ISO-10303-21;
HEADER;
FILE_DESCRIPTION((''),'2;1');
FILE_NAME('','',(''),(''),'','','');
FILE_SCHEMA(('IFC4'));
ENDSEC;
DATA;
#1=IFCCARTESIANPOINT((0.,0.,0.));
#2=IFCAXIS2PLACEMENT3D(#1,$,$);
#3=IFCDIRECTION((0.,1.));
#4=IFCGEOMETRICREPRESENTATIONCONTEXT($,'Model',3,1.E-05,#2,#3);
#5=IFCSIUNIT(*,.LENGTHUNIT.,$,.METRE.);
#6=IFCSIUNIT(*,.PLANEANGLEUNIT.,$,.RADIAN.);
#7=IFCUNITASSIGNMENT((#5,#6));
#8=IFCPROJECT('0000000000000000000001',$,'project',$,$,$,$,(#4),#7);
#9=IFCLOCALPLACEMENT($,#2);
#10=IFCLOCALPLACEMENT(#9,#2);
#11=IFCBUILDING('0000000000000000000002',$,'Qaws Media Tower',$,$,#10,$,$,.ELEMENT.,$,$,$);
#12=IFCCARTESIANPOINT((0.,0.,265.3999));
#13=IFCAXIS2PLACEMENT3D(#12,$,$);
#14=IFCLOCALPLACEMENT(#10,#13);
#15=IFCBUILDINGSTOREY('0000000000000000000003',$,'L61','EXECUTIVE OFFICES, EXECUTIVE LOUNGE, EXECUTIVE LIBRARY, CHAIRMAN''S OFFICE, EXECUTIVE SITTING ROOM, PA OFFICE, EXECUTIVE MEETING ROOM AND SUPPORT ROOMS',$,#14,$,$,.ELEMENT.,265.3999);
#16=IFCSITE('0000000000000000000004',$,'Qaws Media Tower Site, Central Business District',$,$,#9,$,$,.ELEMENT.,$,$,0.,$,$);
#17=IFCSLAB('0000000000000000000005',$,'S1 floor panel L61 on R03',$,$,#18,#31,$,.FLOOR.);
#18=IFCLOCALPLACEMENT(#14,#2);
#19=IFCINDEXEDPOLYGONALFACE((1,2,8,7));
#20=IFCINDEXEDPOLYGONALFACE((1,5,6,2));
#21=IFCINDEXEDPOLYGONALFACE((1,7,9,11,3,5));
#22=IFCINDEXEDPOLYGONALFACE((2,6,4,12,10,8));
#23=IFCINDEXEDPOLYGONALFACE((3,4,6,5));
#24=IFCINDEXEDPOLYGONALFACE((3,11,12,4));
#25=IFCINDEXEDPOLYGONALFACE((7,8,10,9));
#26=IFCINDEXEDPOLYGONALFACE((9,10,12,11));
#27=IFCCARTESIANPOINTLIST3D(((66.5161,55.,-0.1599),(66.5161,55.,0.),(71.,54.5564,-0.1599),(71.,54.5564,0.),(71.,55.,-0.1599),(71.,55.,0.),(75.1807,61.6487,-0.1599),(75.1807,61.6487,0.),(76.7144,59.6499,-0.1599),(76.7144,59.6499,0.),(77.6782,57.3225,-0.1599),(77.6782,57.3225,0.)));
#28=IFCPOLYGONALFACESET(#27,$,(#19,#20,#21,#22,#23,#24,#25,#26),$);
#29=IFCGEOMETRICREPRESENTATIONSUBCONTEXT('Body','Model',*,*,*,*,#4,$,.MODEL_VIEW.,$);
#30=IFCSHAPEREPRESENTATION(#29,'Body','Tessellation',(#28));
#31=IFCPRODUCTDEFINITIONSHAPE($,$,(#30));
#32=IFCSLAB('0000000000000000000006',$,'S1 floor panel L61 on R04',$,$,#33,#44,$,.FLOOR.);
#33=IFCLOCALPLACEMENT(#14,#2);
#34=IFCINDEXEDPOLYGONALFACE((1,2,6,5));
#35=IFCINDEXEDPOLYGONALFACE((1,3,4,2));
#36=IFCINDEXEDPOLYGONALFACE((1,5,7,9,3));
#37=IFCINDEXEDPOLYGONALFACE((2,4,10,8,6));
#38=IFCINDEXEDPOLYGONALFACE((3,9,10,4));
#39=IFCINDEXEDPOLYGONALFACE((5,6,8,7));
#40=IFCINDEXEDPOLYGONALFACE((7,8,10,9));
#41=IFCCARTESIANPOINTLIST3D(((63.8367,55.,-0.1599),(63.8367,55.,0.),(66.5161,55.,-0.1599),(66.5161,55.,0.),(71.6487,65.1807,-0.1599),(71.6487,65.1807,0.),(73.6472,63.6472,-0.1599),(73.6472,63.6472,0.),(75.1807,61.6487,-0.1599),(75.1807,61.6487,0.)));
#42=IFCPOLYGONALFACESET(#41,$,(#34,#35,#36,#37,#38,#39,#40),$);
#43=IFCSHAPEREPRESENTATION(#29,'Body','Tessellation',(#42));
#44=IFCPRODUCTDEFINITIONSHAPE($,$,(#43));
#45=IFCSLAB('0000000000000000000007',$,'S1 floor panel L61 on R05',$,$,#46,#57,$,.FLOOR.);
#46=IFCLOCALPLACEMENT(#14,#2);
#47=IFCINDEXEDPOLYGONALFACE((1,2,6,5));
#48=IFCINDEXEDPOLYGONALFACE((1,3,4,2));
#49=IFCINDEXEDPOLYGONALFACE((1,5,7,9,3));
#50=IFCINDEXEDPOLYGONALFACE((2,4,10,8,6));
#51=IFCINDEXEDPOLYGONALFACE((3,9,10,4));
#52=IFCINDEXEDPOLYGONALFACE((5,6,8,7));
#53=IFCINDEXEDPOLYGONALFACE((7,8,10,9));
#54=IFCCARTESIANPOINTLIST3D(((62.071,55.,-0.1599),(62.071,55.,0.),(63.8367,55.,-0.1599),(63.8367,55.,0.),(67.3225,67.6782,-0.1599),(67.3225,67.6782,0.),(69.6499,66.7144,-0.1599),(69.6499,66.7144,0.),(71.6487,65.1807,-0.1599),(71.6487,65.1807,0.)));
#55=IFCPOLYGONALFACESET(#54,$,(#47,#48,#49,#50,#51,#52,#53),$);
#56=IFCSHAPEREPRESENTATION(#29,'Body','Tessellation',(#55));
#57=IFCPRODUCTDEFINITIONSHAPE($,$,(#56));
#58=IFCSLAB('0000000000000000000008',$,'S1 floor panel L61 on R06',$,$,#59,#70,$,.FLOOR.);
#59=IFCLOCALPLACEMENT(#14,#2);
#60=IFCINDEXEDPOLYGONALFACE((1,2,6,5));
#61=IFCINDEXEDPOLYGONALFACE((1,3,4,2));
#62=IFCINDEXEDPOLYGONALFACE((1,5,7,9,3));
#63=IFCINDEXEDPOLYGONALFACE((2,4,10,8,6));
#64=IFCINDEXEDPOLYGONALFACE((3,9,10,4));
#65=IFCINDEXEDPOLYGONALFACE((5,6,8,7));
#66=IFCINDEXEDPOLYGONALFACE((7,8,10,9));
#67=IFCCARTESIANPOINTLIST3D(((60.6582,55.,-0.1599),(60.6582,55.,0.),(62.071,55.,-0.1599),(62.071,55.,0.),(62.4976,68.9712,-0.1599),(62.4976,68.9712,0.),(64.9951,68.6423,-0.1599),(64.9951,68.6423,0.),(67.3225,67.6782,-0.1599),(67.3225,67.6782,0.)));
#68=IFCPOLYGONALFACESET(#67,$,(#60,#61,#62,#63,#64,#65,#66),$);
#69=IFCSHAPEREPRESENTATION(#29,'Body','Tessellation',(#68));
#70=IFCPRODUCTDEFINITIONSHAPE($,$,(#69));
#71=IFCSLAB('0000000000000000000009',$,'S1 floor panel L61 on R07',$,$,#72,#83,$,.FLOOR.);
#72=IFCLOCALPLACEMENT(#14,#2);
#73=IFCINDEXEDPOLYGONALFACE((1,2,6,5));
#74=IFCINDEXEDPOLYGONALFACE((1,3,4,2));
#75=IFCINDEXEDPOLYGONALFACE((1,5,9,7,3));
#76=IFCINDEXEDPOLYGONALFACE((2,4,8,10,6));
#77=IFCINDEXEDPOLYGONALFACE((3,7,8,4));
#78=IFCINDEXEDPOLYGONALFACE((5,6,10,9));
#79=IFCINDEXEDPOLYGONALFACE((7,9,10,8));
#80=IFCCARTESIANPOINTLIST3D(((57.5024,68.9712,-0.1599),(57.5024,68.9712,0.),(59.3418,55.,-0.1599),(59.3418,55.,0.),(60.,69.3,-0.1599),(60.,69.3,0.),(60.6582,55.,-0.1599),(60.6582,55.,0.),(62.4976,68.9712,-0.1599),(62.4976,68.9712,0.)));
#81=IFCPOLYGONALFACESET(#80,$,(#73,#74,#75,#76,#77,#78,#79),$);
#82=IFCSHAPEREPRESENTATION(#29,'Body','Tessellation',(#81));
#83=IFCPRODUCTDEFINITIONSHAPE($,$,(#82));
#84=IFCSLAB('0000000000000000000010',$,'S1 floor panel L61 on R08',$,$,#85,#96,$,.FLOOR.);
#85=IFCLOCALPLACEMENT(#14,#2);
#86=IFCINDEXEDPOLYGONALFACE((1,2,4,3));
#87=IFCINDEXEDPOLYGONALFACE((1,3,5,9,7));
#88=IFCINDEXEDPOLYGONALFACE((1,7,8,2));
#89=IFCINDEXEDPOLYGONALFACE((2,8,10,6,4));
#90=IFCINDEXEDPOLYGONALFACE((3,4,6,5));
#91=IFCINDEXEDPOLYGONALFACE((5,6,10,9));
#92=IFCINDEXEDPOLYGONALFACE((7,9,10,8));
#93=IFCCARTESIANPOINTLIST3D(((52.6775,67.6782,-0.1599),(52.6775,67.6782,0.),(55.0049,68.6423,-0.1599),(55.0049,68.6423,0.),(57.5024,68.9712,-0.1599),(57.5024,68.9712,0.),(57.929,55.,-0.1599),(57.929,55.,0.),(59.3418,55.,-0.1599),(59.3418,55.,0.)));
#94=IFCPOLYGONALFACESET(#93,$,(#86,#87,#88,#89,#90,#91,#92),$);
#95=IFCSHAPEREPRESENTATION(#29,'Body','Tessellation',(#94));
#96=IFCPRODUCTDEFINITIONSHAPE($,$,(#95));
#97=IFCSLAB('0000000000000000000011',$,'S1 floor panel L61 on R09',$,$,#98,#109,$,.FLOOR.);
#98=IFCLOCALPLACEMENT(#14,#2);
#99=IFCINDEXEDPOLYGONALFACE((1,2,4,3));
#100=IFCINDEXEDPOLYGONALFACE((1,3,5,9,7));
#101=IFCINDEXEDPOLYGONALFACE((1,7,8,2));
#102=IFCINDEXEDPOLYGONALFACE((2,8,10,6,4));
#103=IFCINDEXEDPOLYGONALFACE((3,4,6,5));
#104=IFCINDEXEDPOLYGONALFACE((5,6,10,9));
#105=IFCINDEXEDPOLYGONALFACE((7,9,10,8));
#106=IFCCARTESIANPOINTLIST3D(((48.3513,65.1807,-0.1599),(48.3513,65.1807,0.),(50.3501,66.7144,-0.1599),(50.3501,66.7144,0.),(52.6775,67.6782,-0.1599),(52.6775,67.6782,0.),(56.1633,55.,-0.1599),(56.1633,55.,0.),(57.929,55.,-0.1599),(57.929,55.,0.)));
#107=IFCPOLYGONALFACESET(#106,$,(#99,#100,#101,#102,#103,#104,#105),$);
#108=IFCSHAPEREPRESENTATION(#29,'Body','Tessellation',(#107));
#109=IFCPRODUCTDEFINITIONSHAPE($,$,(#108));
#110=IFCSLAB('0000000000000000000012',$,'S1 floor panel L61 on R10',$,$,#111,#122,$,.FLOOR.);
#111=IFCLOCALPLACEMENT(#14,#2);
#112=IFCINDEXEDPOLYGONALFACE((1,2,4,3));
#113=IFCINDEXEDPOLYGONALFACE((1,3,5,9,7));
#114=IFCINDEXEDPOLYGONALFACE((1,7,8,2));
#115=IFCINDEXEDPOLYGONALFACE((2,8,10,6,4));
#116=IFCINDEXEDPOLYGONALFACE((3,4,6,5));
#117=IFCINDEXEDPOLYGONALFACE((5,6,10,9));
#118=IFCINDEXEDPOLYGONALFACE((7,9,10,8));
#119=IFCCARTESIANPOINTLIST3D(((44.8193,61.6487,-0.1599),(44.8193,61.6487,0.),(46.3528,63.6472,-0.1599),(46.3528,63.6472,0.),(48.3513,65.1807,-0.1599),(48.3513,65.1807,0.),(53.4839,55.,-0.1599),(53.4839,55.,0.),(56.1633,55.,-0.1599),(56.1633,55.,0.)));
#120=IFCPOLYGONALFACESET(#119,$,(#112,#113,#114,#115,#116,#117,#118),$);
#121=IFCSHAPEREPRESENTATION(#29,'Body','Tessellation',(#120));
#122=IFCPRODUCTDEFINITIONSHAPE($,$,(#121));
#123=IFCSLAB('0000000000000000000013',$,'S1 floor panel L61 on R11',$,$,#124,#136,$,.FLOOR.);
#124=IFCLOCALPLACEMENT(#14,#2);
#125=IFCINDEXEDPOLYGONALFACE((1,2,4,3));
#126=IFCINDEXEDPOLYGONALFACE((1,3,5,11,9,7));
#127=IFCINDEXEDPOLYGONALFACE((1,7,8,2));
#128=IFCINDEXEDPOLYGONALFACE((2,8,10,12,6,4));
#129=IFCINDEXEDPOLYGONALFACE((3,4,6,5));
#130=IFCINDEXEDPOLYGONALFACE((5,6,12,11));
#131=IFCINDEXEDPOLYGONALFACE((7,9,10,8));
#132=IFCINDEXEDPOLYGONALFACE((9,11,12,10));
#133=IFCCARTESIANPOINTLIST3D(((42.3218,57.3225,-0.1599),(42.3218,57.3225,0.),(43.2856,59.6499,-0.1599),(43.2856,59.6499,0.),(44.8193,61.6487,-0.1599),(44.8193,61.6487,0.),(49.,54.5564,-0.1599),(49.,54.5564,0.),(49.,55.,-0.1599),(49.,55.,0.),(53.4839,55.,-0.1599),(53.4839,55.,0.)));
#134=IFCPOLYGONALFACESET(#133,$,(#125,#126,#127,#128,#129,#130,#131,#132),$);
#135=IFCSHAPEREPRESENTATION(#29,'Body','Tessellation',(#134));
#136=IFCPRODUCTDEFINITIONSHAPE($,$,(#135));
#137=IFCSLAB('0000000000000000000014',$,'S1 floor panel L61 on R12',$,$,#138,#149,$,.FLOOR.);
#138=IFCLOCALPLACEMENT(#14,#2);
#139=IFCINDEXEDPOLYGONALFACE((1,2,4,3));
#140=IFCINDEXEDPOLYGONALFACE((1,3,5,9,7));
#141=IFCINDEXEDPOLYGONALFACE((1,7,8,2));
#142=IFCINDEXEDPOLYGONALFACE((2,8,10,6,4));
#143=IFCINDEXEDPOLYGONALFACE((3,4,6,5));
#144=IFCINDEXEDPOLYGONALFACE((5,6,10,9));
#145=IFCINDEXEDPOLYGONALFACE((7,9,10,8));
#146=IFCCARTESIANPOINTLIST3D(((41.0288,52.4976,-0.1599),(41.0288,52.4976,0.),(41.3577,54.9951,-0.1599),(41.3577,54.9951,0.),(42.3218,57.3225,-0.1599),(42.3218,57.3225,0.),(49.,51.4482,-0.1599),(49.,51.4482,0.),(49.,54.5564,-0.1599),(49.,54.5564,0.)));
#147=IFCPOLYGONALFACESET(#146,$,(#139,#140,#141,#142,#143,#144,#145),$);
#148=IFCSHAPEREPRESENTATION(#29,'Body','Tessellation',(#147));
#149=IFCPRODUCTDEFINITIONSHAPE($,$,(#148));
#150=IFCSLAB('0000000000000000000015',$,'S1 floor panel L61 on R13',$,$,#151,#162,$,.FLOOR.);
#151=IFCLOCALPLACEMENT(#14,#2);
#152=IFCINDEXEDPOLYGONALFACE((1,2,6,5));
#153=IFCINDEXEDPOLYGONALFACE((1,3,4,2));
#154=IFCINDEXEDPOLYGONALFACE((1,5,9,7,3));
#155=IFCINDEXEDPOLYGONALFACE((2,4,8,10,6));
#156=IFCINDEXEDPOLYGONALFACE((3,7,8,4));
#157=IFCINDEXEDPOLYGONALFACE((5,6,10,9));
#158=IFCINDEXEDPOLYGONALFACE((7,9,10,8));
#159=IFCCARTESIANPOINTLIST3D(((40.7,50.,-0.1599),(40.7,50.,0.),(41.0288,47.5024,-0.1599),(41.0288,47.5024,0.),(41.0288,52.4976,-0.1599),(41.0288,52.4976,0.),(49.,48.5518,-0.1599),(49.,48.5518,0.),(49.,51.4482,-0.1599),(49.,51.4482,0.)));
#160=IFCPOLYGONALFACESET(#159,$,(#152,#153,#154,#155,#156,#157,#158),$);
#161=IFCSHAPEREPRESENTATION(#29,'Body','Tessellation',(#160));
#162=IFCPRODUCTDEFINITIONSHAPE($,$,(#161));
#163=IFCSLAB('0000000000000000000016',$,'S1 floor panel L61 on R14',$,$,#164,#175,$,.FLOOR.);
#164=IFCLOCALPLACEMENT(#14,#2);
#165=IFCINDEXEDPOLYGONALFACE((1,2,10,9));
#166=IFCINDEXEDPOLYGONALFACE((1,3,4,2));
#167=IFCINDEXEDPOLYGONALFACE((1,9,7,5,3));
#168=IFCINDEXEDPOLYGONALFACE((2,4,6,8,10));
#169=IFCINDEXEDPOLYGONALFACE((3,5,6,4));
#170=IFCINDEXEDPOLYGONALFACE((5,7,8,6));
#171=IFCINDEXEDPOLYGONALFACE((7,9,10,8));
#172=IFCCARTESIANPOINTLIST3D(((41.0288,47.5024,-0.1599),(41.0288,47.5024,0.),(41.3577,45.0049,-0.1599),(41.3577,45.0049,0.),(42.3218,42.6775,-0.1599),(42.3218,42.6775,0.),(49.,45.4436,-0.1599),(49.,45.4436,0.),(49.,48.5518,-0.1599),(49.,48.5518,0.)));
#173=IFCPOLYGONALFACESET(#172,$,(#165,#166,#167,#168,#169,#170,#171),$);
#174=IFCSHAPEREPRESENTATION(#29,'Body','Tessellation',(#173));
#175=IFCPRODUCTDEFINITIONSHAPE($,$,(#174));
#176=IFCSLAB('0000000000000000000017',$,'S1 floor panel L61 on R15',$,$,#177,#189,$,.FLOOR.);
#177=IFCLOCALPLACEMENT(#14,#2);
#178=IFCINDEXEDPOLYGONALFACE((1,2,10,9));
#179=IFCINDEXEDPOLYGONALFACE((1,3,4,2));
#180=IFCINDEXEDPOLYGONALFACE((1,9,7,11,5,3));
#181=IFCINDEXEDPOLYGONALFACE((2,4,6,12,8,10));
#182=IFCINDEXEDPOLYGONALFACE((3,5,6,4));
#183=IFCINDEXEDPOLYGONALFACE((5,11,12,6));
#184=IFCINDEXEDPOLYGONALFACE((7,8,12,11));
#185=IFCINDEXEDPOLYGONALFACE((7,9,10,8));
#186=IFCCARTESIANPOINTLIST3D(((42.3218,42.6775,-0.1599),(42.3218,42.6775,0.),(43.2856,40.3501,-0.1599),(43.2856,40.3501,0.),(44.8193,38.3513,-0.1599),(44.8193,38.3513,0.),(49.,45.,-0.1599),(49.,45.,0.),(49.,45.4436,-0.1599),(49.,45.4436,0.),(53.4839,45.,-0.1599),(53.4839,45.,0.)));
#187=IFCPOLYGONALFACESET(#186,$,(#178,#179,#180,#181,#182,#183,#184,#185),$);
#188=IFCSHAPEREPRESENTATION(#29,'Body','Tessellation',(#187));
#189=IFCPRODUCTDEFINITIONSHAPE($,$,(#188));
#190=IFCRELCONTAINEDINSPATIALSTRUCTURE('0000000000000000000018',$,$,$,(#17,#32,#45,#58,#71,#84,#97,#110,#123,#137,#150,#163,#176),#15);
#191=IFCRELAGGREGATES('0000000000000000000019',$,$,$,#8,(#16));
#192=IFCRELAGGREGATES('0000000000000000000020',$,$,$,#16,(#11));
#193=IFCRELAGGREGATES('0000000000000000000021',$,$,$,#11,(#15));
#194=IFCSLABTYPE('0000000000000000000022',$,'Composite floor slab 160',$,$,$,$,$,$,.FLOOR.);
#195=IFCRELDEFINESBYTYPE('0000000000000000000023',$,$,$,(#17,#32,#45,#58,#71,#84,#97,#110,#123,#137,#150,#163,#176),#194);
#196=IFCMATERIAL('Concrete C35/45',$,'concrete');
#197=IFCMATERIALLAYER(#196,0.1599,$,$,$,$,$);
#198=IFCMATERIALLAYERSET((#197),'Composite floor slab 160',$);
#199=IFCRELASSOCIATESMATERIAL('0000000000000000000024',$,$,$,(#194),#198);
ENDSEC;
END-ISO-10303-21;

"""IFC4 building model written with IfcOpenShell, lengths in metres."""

from ifc_helpers import new_model, si_unit, direction, frame, origin, place, context, subcontext, project, spatial, polyline, outline, extrude, material, layer, layer_set, type_object, element, save


model = new_model("IFC4")

# Units and contexts
model_context = context("Model", 3, precision=1e-05, world=origin(), true_north=direction((0.0, 1.0)))
body_context = subcontext(model_context, "Body", "Model", "MODEL_VIEW")
ifc_project = project(units=[si_unit("LENGTHUNIT", "METRE"), si_unit("PLANEANGLEUNIT", "RADIAN")], contexts=[model_context])

# Site, building, storey
site_placement = place(None, origin())
site = spatial("IfcSite", under=ifc_project, at=site_placement, Name="Qaws Media Tower Site, Central Business District", CompositionType="ELEMENT", RefElevation=0.0)
building_placement = place(site_placement, origin())
building = spatial("IfcBuilding", under=site, at=building_placement, Name="Qaws Media Tower", CompositionType="ELEMENT")
storey_placement = place(building_placement, frame((0.0, 0.0, 265.3999)))
storey = spatial("IfcBuildingStorey", under=building, at=storey_placement, Name="L61", Description="EXECUTIVE OFFICES, EXECUTIVE LOUNGE, EXECUTIVE LIBRARY, CHAIRMAN'S OFFICE, EXECUTIVE SITTING ROOM, PA OFFICE, EXECUTIVE MEETING ROOM AND SUPPORT ROOMS", CompositionType="ELEMENT", Elevation=265.3999)

# Slabs
ifc_material_1 = material(Name="Concrete C35/45", Category="concrete")
ifc_layer_1 = layer(ifc_material_1, 0.1599)
ifc_layer_set_1 = layer_set([ifc_layer_1], Name="Composite floor slab 160")
slab_type_1 = type_object("IfcSlabType", Name="Composite floor slab 160", PredefinedType="FLOOR", material=ifc_layer_set_1)
slab_1_placement = place(storey_placement, frame((0.0, 0.0, -0.1599)))
element("IfcSlab", 1, at=slab_1_placement, inside=storey, type_object=slab_type_1, Name="S1 floor panel L61 on R03", PredefinedType="FLOOR", context=body_context, shape_type="SweptSolid", body=[
    extrude(outline(polyline([(76.7144, 59.6499), (77.6782, 57.3225), (71.0, 54.5564), (71.0, 55.0), (66.5161, 55.0), (75.1807, 61.6487), (76.7144, 59.6499)])), origin(), (0.0, 0.0, 1.0), 0.1599),
])
slab_2_placement = place(storey_placement, frame((0.0, 0.0, -0.1599)))
element("IfcSlab", 2, at=slab_2_placement, inside=storey, type_object=slab_type_1, Name="S1 floor panel L61 on R04", PredefinedType="FLOOR", context=body_context, shape_type="SweptSolid", body=[
    extrude(outline(polyline([(73.6472, 63.6472), (75.1807, 61.6487), (66.5161, 55.0), (63.8367, 55.0), (71.6487, 65.1807), (73.6472, 63.6472)])), origin(), (0.0, 0.0, 1.0), 0.1599),
])
slab_3_placement = place(storey_placement, frame((0.0, 0.0, -0.1599)))
element("IfcSlab", 3, at=slab_3_placement, inside=storey, type_object=slab_type_1, Name="S1 floor panel L61 on R05", PredefinedType="FLOOR", context=body_context, shape_type="SweptSolid", body=[
    extrude(outline(polyline([(69.6499, 66.7144), (71.6487, 65.1807), (63.8367, 55.0), (62.071, 55.0), (67.3225, 67.6782), (69.6499, 66.7144)])), origin(), (0.0, 0.0, 1.0), 0.1599),
])
slab_4_placement = place(storey_placement, frame((0.0, 0.0, -0.1599)))
element("IfcSlab", 4, at=slab_4_placement, inside=storey, type_object=slab_type_1, Name="S1 floor panel L61 on R06", PredefinedType="FLOOR", context=body_context, shape_type="SweptSolid", body=[
    extrude(outline(polyline([(64.9951, 68.6423), (67.3225, 67.6782), (62.071, 55.0), (60.6582, 55.0), (62.4976, 68.9712), (64.9951, 68.6423)])), origin(), (0.0, 0.0, 1.0), 0.1599),
])
slab_5_placement = place(storey_placement, frame((0.0, 0.0, -0.1599)))
element("IfcSlab", 5, at=slab_5_placement, inside=storey, type_object=slab_type_1, Name="S1 floor panel L61 on R07", PredefinedType="FLOOR", context=body_context, shape_type="SweptSolid", body=[
    extrude(outline(polyline([(60.0, 69.3), (62.4976, 68.9712), (60.6582, 55.0), (59.3418, 55.0), (57.5024, 68.9712), (60.0, 69.3)])), origin(), (0.0, 0.0, 1.0), 0.1599),
])
slab_6_placement = place(storey_placement, frame((0.0, 0.0, -0.1599)))
element("IfcSlab", 6, at=slab_6_placement, inside=storey, type_object=slab_type_1, Name="S1 floor panel L61 on R08", PredefinedType="FLOOR", context=body_context, shape_type="SweptSolid", body=[
    extrude(outline(polyline([(55.0049, 68.6423), (57.5024, 68.9712), (59.3418, 55.0), (57.929, 55.0), (52.6775, 67.6782), (55.0049, 68.6423)])), origin(), (0.0, 0.0, 1.0), 0.1599),
])
slab_7_placement = place(storey_placement, frame((0.0, 0.0, -0.1599)))
element("IfcSlab", 7, at=slab_7_placement, inside=storey, type_object=slab_type_1, Name="S1 floor panel L61 on R09", PredefinedType="FLOOR", context=body_context, shape_type="SweptSolid", body=[
    extrude(outline(polyline([(50.3501, 66.7144), (52.6775, 67.6782), (57.929, 55.0), (56.1633, 55.0), (48.3513, 65.1807), (50.3501, 66.7144)])), origin(), (0.0, 0.0, 1.0), 0.1599),
])
slab_8_placement = place(storey_placement, frame((0.0, 0.0, -0.1599)))
element("IfcSlab", 8, at=slab_8_placement, inside=storey, type_object=slab_type_1, Name="S1 floor panel L61 on R10", PredefinedType="FLOOR", context=body_context, shape_type="SweptSolid", body=[
    extrude(outline(polyline([(46.3528, 63.6472), (48.3513, 65.1807), (56.1633, 55.0), (53.4839, 55.0), (44.8193, 61.6487), (46.3528, 63.6472)])), origin(), (0.0, 0.0, 1.0), 0.1599),
])
slab_9_placement = place(storey_placement, frame((0.0, 0.0, -0.1599)))
element("IfcSlab", 9, at=slab_9_placement, inside=storey, type_object=slab_type_1, Name="S1 floor panel L61 on R11", PredefinedType="FLOOR", context=body_context, shape_type="SweptSolid", body=[
    extrude(outline(polyline([(43.2856, 59.6499), (44.8193, 61.6487), (53.4839, 55.0), (49.0, 55.0), (49.0, 54.5564), (42.3218, 57.3225), (43.2856, 59.6499)])), origin(), (0.0, 0.0, 1.0), 0.1599),
])
slab_10_placement = place(storey_placement, frame((0.0, 0.0, -0.1599)))
element("IfcSlab", 10, at=slab_10_placement, inside=storey, type_object=slab_type_1, Name="S1 floor panel L61 on R12", PredefinedType="FLOOR", context=body_context, shape_type="SweptSolid", body=[
    extrude(outline(polyline([(41.3577, 54.9951), (42.3218, 57.3225), (49.0, 54.5564), (49.0, 51.4482), (41.0288, 52.4976), (41.3577, 54.9951)])), origin(), (0.0, 0.0, 1.0), 0.1599),
])
slab_11_placement = place(storey_placement, frame((0.0, 0.0, -0.1599)))
element("IfcSlab", 11, at=slab_11_placement, inside=storey, type_object=slab_type_1, Name="S1 floor panel L61 on R13", PredefinedType="FLOOR", context=body_context, shape_type="SweptSolid", body=[
    extrude(outline(polyline([(40.7, 50.0), (41.0288, 52.4976), (49.0, 51.4482), (49.0, 48.5518), (41.0288, 47.5024), (40.7, 50.0)])), origin(), (0.0, 0.0, 1.0), 0.1599),
])
slab_12_placement = place(storey_placement, frame((0.0, 0.0, -0.1599)))
element("IfcSlab", 12, at=slab_12_placement, inside=storey, type_object=slab_type_1, Name="S1 floor panel L61 on R14", PredefinedType="FLOOR", context=body_context, shape_type="SweptSolid", body=[
    extrude(outline(polyline([(41.3577, 45.0049), (41.0288, 47.5024), (49.0, 48.5518), (49.0, 45.4436), (42.3218, 42.6775), (41.3577, 45.0049)])), origin(), (0.0, 0.0, 1.0), 0.1599),
])
slab_13_placement = place(storey_placement, frame((0.0, 0.0, -0.1599)))
element("IfcSlab", 13, at=slab_13_placement, inside=storey, type_object=slab_type_1, Name="S1 floor panel L61 on R15", PredefinedType="FLOOR", context=body_context, shape_type="SweptSolid", body=[
    extrude(outline(polyline([(43.2856, 40.3501), (42.3218, 42.6775), (49.0, 45.4436), (49.0, 45.0), (53.4839, 45.0), (44.8193, 38.3513), (43.2856, 40.3501)])), origin(), (0.0, 0.0, 1.0), 0.1599),
])

save(model, "model.ifc")
